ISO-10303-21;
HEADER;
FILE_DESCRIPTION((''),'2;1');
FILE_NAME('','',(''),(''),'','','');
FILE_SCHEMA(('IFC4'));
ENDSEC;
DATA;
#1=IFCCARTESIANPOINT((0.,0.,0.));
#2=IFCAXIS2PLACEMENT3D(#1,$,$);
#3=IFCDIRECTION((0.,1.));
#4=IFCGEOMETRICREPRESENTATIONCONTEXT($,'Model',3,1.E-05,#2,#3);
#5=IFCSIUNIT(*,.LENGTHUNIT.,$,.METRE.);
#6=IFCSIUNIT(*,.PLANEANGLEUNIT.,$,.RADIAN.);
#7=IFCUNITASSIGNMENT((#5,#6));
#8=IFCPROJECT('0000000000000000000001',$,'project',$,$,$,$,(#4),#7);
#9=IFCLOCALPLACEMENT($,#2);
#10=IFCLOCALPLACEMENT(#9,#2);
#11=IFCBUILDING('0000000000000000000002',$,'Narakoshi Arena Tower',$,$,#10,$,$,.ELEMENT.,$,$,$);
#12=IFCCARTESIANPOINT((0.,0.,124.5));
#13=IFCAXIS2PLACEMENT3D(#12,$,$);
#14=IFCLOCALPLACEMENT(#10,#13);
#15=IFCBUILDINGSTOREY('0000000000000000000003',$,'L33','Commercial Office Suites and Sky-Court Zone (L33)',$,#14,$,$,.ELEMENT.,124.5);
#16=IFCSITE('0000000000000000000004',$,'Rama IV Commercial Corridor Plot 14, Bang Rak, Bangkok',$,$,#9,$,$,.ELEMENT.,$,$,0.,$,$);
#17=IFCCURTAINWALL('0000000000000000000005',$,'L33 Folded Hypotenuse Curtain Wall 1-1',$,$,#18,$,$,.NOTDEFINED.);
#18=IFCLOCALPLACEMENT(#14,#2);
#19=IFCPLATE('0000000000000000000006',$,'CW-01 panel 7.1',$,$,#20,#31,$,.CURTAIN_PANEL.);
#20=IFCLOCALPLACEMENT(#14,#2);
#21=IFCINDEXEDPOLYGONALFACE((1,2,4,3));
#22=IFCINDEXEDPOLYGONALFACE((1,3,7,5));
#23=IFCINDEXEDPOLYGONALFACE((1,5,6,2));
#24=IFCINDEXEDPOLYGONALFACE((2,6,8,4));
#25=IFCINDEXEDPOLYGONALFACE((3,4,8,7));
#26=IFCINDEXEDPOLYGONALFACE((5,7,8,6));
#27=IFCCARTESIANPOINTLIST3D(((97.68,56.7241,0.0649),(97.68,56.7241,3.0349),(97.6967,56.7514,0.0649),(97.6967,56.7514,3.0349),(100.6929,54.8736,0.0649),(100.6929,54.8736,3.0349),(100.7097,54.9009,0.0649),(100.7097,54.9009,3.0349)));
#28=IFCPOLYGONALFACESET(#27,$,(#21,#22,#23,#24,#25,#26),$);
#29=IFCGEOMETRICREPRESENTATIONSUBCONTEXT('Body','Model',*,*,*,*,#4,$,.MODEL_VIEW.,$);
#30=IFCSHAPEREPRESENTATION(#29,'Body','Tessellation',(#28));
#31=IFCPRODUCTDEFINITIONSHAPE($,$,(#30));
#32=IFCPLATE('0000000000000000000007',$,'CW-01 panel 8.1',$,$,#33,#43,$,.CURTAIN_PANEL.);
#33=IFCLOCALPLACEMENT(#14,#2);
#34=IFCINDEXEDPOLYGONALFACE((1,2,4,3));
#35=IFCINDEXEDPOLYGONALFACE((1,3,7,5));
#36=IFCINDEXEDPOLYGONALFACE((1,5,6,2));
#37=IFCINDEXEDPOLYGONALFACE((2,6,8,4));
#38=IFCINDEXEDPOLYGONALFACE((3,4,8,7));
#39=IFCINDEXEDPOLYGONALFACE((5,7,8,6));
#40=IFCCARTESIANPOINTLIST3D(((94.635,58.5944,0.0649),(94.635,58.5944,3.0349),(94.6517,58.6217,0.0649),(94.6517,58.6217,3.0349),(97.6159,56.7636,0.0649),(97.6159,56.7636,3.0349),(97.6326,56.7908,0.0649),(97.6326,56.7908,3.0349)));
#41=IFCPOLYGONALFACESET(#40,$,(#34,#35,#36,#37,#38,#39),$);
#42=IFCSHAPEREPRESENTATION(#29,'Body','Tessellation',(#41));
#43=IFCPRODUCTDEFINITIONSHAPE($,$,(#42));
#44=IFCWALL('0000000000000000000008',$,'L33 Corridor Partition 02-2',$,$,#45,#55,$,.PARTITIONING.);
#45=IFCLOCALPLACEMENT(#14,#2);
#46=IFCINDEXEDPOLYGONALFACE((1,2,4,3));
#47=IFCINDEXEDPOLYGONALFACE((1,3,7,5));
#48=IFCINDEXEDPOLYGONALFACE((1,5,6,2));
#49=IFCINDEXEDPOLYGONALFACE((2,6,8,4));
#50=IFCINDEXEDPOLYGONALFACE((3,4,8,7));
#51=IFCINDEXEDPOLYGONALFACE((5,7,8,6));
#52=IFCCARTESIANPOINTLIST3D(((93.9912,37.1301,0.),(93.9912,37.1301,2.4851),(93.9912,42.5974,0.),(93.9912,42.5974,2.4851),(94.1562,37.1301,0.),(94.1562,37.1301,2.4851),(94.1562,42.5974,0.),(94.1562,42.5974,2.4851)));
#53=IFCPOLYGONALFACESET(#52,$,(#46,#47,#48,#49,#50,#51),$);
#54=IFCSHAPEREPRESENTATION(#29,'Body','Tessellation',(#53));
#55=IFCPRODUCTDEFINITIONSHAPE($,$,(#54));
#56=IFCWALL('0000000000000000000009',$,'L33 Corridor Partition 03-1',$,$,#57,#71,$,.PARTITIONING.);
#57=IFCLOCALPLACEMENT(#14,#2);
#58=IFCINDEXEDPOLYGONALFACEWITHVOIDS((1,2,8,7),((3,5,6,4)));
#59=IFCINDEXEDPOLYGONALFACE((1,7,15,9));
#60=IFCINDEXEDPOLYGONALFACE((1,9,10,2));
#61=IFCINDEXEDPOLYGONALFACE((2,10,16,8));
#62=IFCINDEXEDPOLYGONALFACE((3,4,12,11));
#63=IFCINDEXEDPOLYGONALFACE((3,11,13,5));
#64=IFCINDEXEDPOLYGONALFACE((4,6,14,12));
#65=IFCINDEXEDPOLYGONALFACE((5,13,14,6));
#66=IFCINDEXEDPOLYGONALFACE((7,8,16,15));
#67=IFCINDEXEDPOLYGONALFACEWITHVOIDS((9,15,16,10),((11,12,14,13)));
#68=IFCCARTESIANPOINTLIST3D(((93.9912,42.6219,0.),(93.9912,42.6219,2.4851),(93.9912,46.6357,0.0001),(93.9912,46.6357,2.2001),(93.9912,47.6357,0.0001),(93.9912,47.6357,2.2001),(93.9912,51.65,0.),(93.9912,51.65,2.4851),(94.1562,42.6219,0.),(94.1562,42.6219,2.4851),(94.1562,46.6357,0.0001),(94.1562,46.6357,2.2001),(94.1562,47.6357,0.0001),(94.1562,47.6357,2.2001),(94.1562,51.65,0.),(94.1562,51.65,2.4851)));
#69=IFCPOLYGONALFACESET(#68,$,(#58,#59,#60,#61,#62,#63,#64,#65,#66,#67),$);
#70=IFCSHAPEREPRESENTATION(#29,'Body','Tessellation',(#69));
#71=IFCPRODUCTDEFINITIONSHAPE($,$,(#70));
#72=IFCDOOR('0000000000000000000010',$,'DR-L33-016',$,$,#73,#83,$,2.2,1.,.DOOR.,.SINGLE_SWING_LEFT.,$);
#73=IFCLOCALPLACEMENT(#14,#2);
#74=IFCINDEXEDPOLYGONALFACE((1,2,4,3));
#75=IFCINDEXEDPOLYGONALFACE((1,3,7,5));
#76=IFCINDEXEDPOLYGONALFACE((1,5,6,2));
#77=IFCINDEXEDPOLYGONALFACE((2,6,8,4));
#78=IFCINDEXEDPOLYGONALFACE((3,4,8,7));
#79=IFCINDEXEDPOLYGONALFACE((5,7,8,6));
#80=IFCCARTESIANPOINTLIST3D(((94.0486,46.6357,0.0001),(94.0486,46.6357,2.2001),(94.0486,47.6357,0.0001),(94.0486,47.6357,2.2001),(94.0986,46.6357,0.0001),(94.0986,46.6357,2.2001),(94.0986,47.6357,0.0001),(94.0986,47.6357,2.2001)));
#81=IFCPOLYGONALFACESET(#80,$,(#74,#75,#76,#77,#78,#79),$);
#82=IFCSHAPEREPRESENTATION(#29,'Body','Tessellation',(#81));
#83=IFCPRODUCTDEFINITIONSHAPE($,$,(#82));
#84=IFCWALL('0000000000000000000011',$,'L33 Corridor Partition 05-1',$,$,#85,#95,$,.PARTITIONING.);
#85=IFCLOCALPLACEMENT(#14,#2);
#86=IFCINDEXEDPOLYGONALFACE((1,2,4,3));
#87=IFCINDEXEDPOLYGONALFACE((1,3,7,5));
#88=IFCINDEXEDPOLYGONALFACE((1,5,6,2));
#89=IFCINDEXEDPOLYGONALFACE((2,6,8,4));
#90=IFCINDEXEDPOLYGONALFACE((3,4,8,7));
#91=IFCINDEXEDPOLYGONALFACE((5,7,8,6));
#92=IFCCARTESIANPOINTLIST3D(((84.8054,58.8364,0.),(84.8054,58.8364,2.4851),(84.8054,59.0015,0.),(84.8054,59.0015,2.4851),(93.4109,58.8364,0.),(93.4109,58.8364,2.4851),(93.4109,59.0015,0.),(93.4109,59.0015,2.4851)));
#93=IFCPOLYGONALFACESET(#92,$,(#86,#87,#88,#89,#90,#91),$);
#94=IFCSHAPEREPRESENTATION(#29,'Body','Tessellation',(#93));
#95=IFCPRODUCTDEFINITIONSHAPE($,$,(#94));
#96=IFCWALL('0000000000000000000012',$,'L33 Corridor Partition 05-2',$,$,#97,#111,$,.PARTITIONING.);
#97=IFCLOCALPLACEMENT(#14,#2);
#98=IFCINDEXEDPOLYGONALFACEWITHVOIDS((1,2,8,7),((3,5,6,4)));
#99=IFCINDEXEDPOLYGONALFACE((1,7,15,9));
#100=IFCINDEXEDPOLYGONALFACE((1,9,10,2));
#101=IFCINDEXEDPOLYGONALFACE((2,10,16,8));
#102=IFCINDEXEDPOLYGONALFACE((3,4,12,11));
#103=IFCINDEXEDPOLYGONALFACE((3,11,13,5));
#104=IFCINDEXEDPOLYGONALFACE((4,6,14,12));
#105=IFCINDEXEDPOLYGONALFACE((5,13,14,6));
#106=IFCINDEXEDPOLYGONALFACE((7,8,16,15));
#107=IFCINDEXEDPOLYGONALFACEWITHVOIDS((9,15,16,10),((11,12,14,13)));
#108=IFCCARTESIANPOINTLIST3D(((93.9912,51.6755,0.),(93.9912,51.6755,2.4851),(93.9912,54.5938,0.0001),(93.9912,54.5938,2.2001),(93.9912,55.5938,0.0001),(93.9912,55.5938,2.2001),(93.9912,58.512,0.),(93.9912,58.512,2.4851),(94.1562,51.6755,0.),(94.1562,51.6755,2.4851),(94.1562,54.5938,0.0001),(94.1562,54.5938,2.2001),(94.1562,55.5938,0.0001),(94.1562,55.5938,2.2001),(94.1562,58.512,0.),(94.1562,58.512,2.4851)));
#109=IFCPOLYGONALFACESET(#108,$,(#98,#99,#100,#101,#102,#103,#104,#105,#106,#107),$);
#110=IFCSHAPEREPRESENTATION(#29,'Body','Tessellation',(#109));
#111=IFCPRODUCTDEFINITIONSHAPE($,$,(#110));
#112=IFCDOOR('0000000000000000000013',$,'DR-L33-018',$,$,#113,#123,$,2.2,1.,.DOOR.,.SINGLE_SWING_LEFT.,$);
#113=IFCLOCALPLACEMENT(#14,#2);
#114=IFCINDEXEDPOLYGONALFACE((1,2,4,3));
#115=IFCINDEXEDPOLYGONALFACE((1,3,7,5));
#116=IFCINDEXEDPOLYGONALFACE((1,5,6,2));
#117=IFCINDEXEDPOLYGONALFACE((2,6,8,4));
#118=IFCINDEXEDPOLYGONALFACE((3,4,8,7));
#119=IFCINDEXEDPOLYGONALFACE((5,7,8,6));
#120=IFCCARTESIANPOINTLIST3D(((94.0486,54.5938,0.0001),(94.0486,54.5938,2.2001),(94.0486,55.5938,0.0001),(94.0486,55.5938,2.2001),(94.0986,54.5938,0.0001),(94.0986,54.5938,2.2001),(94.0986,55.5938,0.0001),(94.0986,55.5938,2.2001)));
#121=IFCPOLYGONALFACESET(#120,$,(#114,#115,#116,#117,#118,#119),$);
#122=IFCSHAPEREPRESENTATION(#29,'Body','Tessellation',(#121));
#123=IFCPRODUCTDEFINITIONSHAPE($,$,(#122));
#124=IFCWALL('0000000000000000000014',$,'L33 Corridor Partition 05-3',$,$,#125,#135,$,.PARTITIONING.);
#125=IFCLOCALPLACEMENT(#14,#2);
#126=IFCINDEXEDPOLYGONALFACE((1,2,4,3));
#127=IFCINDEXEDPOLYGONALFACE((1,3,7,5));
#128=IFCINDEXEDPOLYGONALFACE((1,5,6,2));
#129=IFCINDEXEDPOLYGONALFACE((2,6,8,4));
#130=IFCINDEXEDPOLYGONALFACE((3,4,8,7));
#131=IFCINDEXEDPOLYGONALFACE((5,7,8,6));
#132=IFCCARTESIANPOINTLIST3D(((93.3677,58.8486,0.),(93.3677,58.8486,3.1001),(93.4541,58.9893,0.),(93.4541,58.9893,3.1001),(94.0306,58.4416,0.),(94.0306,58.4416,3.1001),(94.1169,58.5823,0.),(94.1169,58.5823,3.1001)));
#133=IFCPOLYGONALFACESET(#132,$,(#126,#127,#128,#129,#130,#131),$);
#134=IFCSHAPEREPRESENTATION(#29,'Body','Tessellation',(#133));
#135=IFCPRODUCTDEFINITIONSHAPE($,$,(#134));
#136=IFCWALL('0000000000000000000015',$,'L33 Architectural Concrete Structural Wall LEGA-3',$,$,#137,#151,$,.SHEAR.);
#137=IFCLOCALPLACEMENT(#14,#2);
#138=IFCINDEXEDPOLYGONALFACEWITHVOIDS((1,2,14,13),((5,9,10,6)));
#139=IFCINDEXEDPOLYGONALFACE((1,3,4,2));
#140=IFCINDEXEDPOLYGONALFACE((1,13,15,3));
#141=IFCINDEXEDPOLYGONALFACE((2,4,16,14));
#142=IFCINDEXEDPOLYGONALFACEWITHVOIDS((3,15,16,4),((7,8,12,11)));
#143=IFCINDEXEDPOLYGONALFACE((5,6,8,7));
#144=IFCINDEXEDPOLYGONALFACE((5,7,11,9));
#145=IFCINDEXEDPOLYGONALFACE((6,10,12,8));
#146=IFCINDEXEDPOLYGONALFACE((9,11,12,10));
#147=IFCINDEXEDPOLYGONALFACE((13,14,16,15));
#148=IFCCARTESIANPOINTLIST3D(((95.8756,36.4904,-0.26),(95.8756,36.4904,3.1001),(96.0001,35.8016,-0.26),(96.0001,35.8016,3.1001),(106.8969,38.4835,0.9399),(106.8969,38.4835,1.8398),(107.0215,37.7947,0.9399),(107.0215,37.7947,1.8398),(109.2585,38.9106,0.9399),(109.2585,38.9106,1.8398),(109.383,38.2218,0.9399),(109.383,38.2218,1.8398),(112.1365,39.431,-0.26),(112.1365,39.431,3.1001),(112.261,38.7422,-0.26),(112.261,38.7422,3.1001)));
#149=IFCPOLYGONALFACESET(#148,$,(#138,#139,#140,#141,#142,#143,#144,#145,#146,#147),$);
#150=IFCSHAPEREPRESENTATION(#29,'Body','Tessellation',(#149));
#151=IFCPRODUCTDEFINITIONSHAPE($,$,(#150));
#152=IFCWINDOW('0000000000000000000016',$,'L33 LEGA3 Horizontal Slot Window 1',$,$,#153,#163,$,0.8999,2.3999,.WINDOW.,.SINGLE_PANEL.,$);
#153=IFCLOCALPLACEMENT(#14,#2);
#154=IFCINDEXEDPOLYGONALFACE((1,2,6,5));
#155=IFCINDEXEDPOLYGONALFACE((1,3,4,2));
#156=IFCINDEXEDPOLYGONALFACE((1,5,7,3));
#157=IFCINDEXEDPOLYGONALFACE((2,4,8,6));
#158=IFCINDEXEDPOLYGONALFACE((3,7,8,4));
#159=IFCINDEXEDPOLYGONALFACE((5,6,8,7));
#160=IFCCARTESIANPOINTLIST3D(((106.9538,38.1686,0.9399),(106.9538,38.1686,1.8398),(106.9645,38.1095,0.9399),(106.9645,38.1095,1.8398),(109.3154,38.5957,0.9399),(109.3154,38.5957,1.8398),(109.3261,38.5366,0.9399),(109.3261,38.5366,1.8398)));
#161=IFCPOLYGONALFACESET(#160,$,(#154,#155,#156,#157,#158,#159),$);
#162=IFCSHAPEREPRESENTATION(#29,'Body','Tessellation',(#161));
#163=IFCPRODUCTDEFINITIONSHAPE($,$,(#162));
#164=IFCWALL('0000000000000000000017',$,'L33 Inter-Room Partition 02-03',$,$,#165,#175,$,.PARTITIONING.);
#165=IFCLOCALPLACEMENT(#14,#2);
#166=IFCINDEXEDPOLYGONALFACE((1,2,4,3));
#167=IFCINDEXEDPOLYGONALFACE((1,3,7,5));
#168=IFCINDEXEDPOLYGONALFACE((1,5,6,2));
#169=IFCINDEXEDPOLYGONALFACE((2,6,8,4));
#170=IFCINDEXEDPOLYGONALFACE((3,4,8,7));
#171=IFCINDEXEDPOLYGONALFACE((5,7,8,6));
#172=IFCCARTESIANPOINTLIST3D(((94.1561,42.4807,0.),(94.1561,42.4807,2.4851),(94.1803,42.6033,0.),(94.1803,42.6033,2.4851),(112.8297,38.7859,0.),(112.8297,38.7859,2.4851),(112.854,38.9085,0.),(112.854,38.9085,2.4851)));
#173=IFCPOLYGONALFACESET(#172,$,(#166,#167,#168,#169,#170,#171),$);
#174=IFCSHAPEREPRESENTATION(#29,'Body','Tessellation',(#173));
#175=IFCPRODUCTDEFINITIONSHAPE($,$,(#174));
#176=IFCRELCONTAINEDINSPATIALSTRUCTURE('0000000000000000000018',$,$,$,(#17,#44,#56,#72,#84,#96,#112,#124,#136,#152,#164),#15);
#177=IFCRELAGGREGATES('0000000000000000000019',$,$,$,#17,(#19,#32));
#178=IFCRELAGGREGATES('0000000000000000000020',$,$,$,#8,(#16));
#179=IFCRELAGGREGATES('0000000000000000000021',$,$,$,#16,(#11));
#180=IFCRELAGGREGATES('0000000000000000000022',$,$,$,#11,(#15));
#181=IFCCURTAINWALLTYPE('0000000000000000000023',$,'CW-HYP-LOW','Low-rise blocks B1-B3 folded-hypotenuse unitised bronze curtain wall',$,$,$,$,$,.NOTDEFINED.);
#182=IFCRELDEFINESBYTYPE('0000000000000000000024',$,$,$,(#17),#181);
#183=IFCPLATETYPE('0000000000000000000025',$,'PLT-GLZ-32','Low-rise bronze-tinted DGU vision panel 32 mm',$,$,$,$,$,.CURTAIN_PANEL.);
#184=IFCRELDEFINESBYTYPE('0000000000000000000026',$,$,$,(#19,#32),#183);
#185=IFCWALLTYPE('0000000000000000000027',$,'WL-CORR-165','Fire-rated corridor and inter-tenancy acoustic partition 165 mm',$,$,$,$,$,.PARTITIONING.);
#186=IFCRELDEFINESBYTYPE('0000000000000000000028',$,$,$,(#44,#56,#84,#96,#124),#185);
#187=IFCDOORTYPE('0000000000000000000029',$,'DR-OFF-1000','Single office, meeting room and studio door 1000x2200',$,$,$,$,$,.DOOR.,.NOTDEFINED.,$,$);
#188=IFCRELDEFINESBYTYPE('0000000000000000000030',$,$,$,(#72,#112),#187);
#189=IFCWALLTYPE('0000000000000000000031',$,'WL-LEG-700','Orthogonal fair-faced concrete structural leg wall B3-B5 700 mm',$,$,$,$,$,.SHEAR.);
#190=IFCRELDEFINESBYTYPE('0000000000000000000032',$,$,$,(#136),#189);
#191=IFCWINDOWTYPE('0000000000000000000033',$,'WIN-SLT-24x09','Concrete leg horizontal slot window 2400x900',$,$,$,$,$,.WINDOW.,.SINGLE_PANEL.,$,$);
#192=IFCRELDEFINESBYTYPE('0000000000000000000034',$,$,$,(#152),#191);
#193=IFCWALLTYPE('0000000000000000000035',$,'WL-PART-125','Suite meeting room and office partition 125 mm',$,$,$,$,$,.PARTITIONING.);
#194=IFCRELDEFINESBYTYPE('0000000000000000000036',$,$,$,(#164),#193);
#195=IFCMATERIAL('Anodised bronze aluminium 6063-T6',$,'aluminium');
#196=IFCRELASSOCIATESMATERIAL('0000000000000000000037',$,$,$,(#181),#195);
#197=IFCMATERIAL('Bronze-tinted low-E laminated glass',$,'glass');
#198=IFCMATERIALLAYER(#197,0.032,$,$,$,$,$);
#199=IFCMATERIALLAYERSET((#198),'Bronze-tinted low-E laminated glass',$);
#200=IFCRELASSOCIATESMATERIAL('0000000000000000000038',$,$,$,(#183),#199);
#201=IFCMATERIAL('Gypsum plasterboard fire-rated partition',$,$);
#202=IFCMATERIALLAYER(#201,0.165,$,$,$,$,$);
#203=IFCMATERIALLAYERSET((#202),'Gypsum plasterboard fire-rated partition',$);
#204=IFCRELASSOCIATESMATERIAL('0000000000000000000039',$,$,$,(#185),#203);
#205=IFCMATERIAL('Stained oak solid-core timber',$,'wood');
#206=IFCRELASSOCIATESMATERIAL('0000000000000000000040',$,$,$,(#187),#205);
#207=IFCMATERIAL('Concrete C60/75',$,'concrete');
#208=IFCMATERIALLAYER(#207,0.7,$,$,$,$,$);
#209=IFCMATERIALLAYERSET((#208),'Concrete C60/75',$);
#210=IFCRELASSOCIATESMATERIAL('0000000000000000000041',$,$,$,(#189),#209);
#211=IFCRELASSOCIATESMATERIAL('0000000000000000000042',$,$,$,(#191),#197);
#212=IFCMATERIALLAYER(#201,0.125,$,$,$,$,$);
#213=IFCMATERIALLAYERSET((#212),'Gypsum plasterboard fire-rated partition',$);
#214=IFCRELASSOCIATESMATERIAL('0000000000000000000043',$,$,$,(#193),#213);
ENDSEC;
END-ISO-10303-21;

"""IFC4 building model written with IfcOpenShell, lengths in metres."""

from ifc_helpers import new_model, si_unit, direction, frame, frame_2d, origin, origin_2d, place, context, subcontext, project, spatial, rectangle, extrude, material, layer, layer_set, type_object, element, fill, aggregate, save


model = new_model("IFC4")

# Units and contexts
model_context = context("Model", 3, precision=1e-05, world=origin(), true_north=direction((0.0, 1.0)))
body_context = subcontext(model_context, "Body", "Model", "MODEL_VIEW")
ifc_project = project(units=[si_unit("LENGTHUNIT", "METRE"), si_unit("PLANEANGLEUNIT", "RADIAN")], contexts=[model_context])

# Site, building, storey
site_placement = place(None, origin())
site = spatial("IfcSite", under=ifc_project, at=site_placement, Name="Rama IV Commercial Corridor Plot 14, Bang Rak, Bangkok", CompositionType="ELEMENT", RefElevation=0.0)
building_placement = place(site_placement, origin())
building = spatial("IfcBuilding", under=site, at=building_placement, Name="Narakoshi Arena Tower", CompositionType="ELEMENT")
storey_placement = place(building_placement, frame((0.0, 0.0, 124.5)))
storey = spatial("IfcBuildingStorey", under=building, at=storey_placement, Name="L33", Description="Commercial Office Suites and Sky-Court Zone (L33)", CompositionType="ELEMENT", Elevation=124.5)

# Shared definitions
ifc_material_1 = material(Name="Concrete C60/75", Category="concrete")

# Curtain wall, plates
ifc_material_2 = material(Name="Anodised bronze aluminium 6063-T6", Category="aluminium")
curtain_wall_type = type_object("IfcCurtainWallType", Name="CW-HYP-LOW", Description="Low-rise blocks B1-B3 folded-hypotenuse unitised bronze curtain wall", PredefinedType="NOTDEFINED", material=ifc_material_2)
curtain_wall_placement = place(storey_placement, origin())
curtain_wall = element("IfcCurtainWall", 1, at=curtain_wall_placement, inside=storey, type_object=curtain_wall_type, Name="L33 Folded Hypotenuse Curtain Wall 1-1", PredefinedType="NOTDEFINED")
ifc_material_3 = material(Name="Bronze-tinted low-E laminated glass", Category="glass")
ifc_layer_1 = layer(ifc_material_3, 0.032)
ifc_layer_set_1 = layer_set([ifc_layer_1], Name="Bronze-tinted low-E laminated glass")
plate_type = type_object("IfcPlateType", Name="PLT-GLZ-32", Description="Low-rise bronze-tinted DGU vision panel 32 mm", PredefinedType="CURTAIN_PANEL", material=ifc_layer_set_1)
plate_1_placement = place(storey_placement, frame((99.1948, 55.8125, 0.0649), z_axis=(0.0, 0.0, 1.0), x_axis=(-0.852113, 0.523358, 0.0)))
plate_1 = element("IfcPlate", 2, at=plate_1_placement, type_object=plate_type, Name="CW-01 panel 7.1", PredefinedType="CURTAIN_PANEL", context=body_context, shape_type="SweptSolid", body=[
    extrude(rectangle(XDim=3.5359, YDim=0.032, at=origin_2d()), origin(), (0.0, 0.0, 1.0), 2.97),
])
plate_2_placement = place(storey_placement, frame((96.1338, 57.6926, 0.0649), z_axis=(0.0, 0.0, 1.0), x_axis=(-0.852113, 0.523358, 0.0)))
plate_2 = element("IfcPlate", 3, at=plate_2_placement, type_object=plate_type, Name="CW-01 panel 8.1", PredefinedType="CURTAIN_PANEL", context=body_context, shape_type="SweptSolid", body=[
    extrude(rectangle(XDim=3.4983, YDim=0.032, at=origin_2d()), origin(), (0.0, 0.0, 1.0), 2.97),
])
aggregate(curtain_wall, [plate_1, plate_2])

# Wall
ifc_material_4 = material(Name="Gypsum plasterboard fire-rated partition")
ifc_layer_2 = layer(ifc_material_4, 0.165)
ifc_layer_set_2 = layer_set([ifc_layer_2], Name="Gypsum plasterboard fire-rated partition")
wall_type_1 = type_object("IfcWallType", Name="WL-CORR-165", Description="Fire-rated corridor and inter-tenancy acoustic partition 165 mm", PredefinedType="PARTITIONING", material=ifc_layer_set_2)
wall_1_placement = place(storey_placement, frame((94.0737, 37.1301, 0.0), z_axis=(0.0, 0.0, 1.0), x_axis=(0.0, 1.0, 0.0)))
element("IfcWall", 4, at=wall_1_placement, inside=storey, type_object=wall_type_1, Name="L33 Corridor Partition 02-2", PredefinedType="PARTITIONING", context=body_context, shape_type="SweptSolid", body=[
    extrude(rectangle(XDim=5.4673, YDim=0.165, at=frame_2d((2.7336, 0.0))), origin(), (0.0, 0.0, 1.0), 2.4851),
])

# Wall, opening, door
wall_2_placement = place(storey_placement, frame((94.0737, 42.6218, 0.0), z_axis=(0.0, 0.0, 1.0), x_axis=(0.0, 1.0, 0.0)))
wall_2 = element("IfcWall", 5, at=wall_2_placement, inside=storey, type_object=wall_type_1, Name="L33 Corridor Partition 03-1", PredefinedType="PARTITIONING", context=body_context, shape_type="SweptSolid", body=[
    extrude(rectangle(XDim=9.0281, YDim=0.165, at=frame_2d((4.5142, 0.0))), origin(), (0.0, 0.0, 1.0), 2.4851),
])
opening_1_placement = place(wall_2_placement, frame((4.0139, 0.0, 0.0)))
opening_1 = element("IfcOpeningElement", 6, at=opening_1_placement, cuts=wall_2, PredefinedType="OPENING", context=body_context, shape_type="SweptSolid", body=[
    extrude(rectangle(XDim=1.0, YDim=2.2, at=frame_2d((0.5, 1.1001))), frame((0.0, 0.0925, 0.0), z_axis=(0.0, -1.0, 0.0), x_axis=(1.0, 0.0, 0.0)), (0.0, 0.0, 1.0), 0.1851),
])
ifc_material_5 = material(Name="Stained oak solid-core timber", Category="wood")
door_type = type_object("IfcDoorType", Name="DR-OFF-1000", Description="Single office, meeting room and studio door 1000x2200", OperationType="NOTDEFINED", PredefinedType="DOOR", material=ifc_material_5)
door_1_placement = place(opening_1_placement, frame((1.0, 0.0, 0.0), z_axis=(0.0, 0.0, 1.0), x_axis=(-1.0, 0.0, 0.0)))
door_1 = element("IfcDoor", 7, at=door_1_placement, inside=storey, type_object=door_type, Name="DR-L33-016", OperationType="SINGLE_SWING_LEFT", OverallHeight=2.2, OverallWidth=1.0, PredefinedType="DOOR", context=body_context, shape_type="SweptSolid", body=[
    extrude(rectangle(XDim=1.0, YDim=2.2, at=frame_2d((0.5, 1.1001))), frame((0.0, 0.0249, 0.0), z_axis=(0.0, -1.0, 0.0), x_axis=(1.0, 0.0, 0.0)), (0.0, 0.0, 1.0), 0.05),
])
fill(opening_1, door_1)

# Wall
wall_3_placement = place(storey_placement, frame((93.4109, 58.9189, 0.0), z_axis=(0.0, 0.0, 1.0), x_axis=(-1.0, 0.0, 0.0)))
element("IfcWall", 8, at=wall_3_placement, inside=storey, type_object=wall_type_1, Name="L33 Corridor Partition 05-1", PredefinedType="PARTITIONING", context=body_context, shape_type="SweptSolid", body=[
    extrude(rectangle(XDim=8.6055, YDim=0.165, at=frame_2d((4.3027, 0.0))), origin(), (0.0, 0.0, 1.0), 2.4851),
])

# Wall, opening, door
wall_4_placement = place(storey_placement, frame((94.0737, 51.6755, 0.0), z_axis=(0.0, 0.0, 1.0), x_axis=(0.0, 1.0, 0.0)))
wall_4 = element("IfcWall", 9, at=wall_4_placement, inside=storey, type_object=wall_type_1, Name="L33 Corridor Partition 05-2", PredefinedType="PARTITIONING", context=body_context, shape_type="SweptSolid", body=[
    extrude(rectangle(XDim=6.8364, YDim=0.165, at=frame_2d((3.4182, 0.0))), origin(), (0.0, 0.0, 1.0), 2.4851),
])
opening_2_placement = place(wall_4_placement, frame((2.9182, 0.0, 0.0)))
opening_2 = element("IfcOpeningElement", 10, at=opening_2_placement, cuts=wall_4, PredefinedType="OPENING", context=body_context, shape_type="SweptSolid", body=[
    extrude(rectangle(XDim=1.0, YDim=2.2, at=frame_2d((0.5, 1.1001))), frame((0.0, 0.0925, 0.0), z_axis=(0.0, -1.0, 0.0), x_axis=(1.0, 0.0, 0.0)), (0.0, 0.0, 1.0), 0.1851),
])
door_2_placement = place(opening_2_placement, frame((1.0, 0.0, 0.0), z_axis=(0.0, 0.0, 1.0), x_axis=(-1.0, 0.0, 0.0)))
door_2 = element("IfcDoor", 11, at=door_2_placement, inside=storey, type_object=door_type, Name="DR-L33-018", OperationType="SINGLE_SWING_LEFT", OverallHeight=2.2, OverallWidth=1.0, PredefinedType="DOOR", context=body_context, shape_type="SweptSolid", body=[
    extrude(rectangle(XDim=1.0, YDim=2.2, at=frame_2d((0.5, 1.1001))), frame((0.0, 0.0249, 0.0), z_axis=(0.0, -1.0, 0.0), x_axis=(1.0, 0.0, 0.0)), (0.0, 0.0, 1.0), 0.05),
])
fill(opening_2, door_2)

# Wall
wall_5_placement = place(storey_placement, frame((94.0737, 58.512, 0.0), z_axis=(0.0, 0.0, 1.0), x_axis=(-0.852186, 0.523239, 0.0)))
element("IfcWall", 12, at=wall_5_placement, inside=storey, type_object=wall_type_1, Name="L33 Corridor Partition 05-3", PredefinedType="PARTITIONING", context=body_context, shape_type="SweptSolid", body=[
    extrude(rectangle(XDim=0.7778, YDim=0.165, at=frame_2d((0.3889, 0.0))), origin(), (0.0, 0.0, 1.0), 3.1001),
])

# Wall, opening, window
ifc_layer_3 = layer(ifc_material_1, 0.7)
ifc_layer_set_3 = layer_set([ifc_layer_3], Name="Concrete C60/75")
wall_type_2 = type_object("IfcWallType", Name="WL-LEG-700", Description="Orthogonal fair-faced concrete structural leg wall B3-B5 700 mm", PredefinedType="SHEAR", material=ifc_layer_set_3)
wall_6_placement = place(storey_placement, frame((95.938, 36.146, -0.26), z_axis=(0.0, 0.0, 1.0), x_axis=(0.984038, 0.177956, 0.0)))
wall_6 = element("IfcWall", 13, at=wall_6_placement, inside=storey, type_object=wall_type_2, Name="L33 Architectural Concrete Structural Wall LEGA-3", PredefinedType="SHEAR", context=body_context, shape_type="SweptSolid", body=[
    extrude(rectangle(XDim=16.5247, YDim=0.7, at=frame_2d((8.2622, 0.0))), origin(), (0.0, 0.0, 1.0), 3.3601),
])
opening_3_placement = place(wall_6_placement, frame((11.2, 0.0, 1.2)))
opening_3 = element("IfcOpeningElement", 14, at=opening_3_placement, cuts=wall_6, PredefinedType="OPENING", context=body_context, shape_type="SweptSolid", body=[
    extrude(rectangle(XDim=2.3999, YDim=0.8999, at=frame_2d((1.2, 0.45))), frame((0.0, 0.3599, 0.0), z_axis=(0.0, -1.0, 0.0), x_axis=(1.0, 0.0, 0.0)), (0.0, 0.0, 1.0), 0.72),
])
window_type = type_object("IfcWindowType", Name="WIN-SLT-24x09", Description="Concrete leg horizontal slot window 2400x900", PartitioningType="SINGLE_PANEL", PredefinedType="WINDOW", material=ifc_material_3)
window_placement = place(opening_3_placement, origin())
window = element("IfcWindow", 15, at=window_placement, inside=storey, type_object=window_type, Name="L33 LEGA3 Horizontal Slot Window 1", OverallHeight=0.8999, OverallWidth=2.3999, PartitioningType="SINGLE_PANEL", PredefinedType="WINDOW", context=body_context, shape_type="SweptSolid", body=[
    extrude(rectangle(XDim=2.3999, YDim=0.8999, at=frame_2d((1.2, 0.45))), frame((0.0, 0.03, 0.0), z_axis=(0.0, -1.0, 0.0), x_axis=(1.0, 0.0, 0.0)), (0.0, 0.0, 1.0), 0.0601),
])
fill(opening_3, window)

# Wall
ifc_layer_4 = layer(ifc_material_4, 0.125)
ifc_layer_set_4 = layer_set([ifc_layer_4], Name="Gypsum plasterboard fire-rated partition")
wall_type_3 = type_object("IfcWallType", Name="WL-PART-125", Description="Suite meeting room and office partition 125 mm", PredefinedType="PARTITIONING", material=ifc_layer_set_4)
wall_7_placement = place(storey_placement, frame((94.1682, 42.542, 0.0), z_axis=(0.0, 0.0, 1.0), x_axis=(0.980982, -0.194101, 0.0)))
element("IfcWall", 16, at=wall_7_placement, inside=storey, type_object=wall_type_3, Name="L33 Inter-Room Partition 02-03", PredefinedType="PARTITIONING", context=body_context, shape_type="SweptSolid", body=[
    extrude(rectangle(XDim=19.0356, YDim=0.125, at=frame_2d((9.5178, 0.0))), origin(), (0.0, 0.0, 1.0), 2.4851),
])

save(model, "model.ifc")
